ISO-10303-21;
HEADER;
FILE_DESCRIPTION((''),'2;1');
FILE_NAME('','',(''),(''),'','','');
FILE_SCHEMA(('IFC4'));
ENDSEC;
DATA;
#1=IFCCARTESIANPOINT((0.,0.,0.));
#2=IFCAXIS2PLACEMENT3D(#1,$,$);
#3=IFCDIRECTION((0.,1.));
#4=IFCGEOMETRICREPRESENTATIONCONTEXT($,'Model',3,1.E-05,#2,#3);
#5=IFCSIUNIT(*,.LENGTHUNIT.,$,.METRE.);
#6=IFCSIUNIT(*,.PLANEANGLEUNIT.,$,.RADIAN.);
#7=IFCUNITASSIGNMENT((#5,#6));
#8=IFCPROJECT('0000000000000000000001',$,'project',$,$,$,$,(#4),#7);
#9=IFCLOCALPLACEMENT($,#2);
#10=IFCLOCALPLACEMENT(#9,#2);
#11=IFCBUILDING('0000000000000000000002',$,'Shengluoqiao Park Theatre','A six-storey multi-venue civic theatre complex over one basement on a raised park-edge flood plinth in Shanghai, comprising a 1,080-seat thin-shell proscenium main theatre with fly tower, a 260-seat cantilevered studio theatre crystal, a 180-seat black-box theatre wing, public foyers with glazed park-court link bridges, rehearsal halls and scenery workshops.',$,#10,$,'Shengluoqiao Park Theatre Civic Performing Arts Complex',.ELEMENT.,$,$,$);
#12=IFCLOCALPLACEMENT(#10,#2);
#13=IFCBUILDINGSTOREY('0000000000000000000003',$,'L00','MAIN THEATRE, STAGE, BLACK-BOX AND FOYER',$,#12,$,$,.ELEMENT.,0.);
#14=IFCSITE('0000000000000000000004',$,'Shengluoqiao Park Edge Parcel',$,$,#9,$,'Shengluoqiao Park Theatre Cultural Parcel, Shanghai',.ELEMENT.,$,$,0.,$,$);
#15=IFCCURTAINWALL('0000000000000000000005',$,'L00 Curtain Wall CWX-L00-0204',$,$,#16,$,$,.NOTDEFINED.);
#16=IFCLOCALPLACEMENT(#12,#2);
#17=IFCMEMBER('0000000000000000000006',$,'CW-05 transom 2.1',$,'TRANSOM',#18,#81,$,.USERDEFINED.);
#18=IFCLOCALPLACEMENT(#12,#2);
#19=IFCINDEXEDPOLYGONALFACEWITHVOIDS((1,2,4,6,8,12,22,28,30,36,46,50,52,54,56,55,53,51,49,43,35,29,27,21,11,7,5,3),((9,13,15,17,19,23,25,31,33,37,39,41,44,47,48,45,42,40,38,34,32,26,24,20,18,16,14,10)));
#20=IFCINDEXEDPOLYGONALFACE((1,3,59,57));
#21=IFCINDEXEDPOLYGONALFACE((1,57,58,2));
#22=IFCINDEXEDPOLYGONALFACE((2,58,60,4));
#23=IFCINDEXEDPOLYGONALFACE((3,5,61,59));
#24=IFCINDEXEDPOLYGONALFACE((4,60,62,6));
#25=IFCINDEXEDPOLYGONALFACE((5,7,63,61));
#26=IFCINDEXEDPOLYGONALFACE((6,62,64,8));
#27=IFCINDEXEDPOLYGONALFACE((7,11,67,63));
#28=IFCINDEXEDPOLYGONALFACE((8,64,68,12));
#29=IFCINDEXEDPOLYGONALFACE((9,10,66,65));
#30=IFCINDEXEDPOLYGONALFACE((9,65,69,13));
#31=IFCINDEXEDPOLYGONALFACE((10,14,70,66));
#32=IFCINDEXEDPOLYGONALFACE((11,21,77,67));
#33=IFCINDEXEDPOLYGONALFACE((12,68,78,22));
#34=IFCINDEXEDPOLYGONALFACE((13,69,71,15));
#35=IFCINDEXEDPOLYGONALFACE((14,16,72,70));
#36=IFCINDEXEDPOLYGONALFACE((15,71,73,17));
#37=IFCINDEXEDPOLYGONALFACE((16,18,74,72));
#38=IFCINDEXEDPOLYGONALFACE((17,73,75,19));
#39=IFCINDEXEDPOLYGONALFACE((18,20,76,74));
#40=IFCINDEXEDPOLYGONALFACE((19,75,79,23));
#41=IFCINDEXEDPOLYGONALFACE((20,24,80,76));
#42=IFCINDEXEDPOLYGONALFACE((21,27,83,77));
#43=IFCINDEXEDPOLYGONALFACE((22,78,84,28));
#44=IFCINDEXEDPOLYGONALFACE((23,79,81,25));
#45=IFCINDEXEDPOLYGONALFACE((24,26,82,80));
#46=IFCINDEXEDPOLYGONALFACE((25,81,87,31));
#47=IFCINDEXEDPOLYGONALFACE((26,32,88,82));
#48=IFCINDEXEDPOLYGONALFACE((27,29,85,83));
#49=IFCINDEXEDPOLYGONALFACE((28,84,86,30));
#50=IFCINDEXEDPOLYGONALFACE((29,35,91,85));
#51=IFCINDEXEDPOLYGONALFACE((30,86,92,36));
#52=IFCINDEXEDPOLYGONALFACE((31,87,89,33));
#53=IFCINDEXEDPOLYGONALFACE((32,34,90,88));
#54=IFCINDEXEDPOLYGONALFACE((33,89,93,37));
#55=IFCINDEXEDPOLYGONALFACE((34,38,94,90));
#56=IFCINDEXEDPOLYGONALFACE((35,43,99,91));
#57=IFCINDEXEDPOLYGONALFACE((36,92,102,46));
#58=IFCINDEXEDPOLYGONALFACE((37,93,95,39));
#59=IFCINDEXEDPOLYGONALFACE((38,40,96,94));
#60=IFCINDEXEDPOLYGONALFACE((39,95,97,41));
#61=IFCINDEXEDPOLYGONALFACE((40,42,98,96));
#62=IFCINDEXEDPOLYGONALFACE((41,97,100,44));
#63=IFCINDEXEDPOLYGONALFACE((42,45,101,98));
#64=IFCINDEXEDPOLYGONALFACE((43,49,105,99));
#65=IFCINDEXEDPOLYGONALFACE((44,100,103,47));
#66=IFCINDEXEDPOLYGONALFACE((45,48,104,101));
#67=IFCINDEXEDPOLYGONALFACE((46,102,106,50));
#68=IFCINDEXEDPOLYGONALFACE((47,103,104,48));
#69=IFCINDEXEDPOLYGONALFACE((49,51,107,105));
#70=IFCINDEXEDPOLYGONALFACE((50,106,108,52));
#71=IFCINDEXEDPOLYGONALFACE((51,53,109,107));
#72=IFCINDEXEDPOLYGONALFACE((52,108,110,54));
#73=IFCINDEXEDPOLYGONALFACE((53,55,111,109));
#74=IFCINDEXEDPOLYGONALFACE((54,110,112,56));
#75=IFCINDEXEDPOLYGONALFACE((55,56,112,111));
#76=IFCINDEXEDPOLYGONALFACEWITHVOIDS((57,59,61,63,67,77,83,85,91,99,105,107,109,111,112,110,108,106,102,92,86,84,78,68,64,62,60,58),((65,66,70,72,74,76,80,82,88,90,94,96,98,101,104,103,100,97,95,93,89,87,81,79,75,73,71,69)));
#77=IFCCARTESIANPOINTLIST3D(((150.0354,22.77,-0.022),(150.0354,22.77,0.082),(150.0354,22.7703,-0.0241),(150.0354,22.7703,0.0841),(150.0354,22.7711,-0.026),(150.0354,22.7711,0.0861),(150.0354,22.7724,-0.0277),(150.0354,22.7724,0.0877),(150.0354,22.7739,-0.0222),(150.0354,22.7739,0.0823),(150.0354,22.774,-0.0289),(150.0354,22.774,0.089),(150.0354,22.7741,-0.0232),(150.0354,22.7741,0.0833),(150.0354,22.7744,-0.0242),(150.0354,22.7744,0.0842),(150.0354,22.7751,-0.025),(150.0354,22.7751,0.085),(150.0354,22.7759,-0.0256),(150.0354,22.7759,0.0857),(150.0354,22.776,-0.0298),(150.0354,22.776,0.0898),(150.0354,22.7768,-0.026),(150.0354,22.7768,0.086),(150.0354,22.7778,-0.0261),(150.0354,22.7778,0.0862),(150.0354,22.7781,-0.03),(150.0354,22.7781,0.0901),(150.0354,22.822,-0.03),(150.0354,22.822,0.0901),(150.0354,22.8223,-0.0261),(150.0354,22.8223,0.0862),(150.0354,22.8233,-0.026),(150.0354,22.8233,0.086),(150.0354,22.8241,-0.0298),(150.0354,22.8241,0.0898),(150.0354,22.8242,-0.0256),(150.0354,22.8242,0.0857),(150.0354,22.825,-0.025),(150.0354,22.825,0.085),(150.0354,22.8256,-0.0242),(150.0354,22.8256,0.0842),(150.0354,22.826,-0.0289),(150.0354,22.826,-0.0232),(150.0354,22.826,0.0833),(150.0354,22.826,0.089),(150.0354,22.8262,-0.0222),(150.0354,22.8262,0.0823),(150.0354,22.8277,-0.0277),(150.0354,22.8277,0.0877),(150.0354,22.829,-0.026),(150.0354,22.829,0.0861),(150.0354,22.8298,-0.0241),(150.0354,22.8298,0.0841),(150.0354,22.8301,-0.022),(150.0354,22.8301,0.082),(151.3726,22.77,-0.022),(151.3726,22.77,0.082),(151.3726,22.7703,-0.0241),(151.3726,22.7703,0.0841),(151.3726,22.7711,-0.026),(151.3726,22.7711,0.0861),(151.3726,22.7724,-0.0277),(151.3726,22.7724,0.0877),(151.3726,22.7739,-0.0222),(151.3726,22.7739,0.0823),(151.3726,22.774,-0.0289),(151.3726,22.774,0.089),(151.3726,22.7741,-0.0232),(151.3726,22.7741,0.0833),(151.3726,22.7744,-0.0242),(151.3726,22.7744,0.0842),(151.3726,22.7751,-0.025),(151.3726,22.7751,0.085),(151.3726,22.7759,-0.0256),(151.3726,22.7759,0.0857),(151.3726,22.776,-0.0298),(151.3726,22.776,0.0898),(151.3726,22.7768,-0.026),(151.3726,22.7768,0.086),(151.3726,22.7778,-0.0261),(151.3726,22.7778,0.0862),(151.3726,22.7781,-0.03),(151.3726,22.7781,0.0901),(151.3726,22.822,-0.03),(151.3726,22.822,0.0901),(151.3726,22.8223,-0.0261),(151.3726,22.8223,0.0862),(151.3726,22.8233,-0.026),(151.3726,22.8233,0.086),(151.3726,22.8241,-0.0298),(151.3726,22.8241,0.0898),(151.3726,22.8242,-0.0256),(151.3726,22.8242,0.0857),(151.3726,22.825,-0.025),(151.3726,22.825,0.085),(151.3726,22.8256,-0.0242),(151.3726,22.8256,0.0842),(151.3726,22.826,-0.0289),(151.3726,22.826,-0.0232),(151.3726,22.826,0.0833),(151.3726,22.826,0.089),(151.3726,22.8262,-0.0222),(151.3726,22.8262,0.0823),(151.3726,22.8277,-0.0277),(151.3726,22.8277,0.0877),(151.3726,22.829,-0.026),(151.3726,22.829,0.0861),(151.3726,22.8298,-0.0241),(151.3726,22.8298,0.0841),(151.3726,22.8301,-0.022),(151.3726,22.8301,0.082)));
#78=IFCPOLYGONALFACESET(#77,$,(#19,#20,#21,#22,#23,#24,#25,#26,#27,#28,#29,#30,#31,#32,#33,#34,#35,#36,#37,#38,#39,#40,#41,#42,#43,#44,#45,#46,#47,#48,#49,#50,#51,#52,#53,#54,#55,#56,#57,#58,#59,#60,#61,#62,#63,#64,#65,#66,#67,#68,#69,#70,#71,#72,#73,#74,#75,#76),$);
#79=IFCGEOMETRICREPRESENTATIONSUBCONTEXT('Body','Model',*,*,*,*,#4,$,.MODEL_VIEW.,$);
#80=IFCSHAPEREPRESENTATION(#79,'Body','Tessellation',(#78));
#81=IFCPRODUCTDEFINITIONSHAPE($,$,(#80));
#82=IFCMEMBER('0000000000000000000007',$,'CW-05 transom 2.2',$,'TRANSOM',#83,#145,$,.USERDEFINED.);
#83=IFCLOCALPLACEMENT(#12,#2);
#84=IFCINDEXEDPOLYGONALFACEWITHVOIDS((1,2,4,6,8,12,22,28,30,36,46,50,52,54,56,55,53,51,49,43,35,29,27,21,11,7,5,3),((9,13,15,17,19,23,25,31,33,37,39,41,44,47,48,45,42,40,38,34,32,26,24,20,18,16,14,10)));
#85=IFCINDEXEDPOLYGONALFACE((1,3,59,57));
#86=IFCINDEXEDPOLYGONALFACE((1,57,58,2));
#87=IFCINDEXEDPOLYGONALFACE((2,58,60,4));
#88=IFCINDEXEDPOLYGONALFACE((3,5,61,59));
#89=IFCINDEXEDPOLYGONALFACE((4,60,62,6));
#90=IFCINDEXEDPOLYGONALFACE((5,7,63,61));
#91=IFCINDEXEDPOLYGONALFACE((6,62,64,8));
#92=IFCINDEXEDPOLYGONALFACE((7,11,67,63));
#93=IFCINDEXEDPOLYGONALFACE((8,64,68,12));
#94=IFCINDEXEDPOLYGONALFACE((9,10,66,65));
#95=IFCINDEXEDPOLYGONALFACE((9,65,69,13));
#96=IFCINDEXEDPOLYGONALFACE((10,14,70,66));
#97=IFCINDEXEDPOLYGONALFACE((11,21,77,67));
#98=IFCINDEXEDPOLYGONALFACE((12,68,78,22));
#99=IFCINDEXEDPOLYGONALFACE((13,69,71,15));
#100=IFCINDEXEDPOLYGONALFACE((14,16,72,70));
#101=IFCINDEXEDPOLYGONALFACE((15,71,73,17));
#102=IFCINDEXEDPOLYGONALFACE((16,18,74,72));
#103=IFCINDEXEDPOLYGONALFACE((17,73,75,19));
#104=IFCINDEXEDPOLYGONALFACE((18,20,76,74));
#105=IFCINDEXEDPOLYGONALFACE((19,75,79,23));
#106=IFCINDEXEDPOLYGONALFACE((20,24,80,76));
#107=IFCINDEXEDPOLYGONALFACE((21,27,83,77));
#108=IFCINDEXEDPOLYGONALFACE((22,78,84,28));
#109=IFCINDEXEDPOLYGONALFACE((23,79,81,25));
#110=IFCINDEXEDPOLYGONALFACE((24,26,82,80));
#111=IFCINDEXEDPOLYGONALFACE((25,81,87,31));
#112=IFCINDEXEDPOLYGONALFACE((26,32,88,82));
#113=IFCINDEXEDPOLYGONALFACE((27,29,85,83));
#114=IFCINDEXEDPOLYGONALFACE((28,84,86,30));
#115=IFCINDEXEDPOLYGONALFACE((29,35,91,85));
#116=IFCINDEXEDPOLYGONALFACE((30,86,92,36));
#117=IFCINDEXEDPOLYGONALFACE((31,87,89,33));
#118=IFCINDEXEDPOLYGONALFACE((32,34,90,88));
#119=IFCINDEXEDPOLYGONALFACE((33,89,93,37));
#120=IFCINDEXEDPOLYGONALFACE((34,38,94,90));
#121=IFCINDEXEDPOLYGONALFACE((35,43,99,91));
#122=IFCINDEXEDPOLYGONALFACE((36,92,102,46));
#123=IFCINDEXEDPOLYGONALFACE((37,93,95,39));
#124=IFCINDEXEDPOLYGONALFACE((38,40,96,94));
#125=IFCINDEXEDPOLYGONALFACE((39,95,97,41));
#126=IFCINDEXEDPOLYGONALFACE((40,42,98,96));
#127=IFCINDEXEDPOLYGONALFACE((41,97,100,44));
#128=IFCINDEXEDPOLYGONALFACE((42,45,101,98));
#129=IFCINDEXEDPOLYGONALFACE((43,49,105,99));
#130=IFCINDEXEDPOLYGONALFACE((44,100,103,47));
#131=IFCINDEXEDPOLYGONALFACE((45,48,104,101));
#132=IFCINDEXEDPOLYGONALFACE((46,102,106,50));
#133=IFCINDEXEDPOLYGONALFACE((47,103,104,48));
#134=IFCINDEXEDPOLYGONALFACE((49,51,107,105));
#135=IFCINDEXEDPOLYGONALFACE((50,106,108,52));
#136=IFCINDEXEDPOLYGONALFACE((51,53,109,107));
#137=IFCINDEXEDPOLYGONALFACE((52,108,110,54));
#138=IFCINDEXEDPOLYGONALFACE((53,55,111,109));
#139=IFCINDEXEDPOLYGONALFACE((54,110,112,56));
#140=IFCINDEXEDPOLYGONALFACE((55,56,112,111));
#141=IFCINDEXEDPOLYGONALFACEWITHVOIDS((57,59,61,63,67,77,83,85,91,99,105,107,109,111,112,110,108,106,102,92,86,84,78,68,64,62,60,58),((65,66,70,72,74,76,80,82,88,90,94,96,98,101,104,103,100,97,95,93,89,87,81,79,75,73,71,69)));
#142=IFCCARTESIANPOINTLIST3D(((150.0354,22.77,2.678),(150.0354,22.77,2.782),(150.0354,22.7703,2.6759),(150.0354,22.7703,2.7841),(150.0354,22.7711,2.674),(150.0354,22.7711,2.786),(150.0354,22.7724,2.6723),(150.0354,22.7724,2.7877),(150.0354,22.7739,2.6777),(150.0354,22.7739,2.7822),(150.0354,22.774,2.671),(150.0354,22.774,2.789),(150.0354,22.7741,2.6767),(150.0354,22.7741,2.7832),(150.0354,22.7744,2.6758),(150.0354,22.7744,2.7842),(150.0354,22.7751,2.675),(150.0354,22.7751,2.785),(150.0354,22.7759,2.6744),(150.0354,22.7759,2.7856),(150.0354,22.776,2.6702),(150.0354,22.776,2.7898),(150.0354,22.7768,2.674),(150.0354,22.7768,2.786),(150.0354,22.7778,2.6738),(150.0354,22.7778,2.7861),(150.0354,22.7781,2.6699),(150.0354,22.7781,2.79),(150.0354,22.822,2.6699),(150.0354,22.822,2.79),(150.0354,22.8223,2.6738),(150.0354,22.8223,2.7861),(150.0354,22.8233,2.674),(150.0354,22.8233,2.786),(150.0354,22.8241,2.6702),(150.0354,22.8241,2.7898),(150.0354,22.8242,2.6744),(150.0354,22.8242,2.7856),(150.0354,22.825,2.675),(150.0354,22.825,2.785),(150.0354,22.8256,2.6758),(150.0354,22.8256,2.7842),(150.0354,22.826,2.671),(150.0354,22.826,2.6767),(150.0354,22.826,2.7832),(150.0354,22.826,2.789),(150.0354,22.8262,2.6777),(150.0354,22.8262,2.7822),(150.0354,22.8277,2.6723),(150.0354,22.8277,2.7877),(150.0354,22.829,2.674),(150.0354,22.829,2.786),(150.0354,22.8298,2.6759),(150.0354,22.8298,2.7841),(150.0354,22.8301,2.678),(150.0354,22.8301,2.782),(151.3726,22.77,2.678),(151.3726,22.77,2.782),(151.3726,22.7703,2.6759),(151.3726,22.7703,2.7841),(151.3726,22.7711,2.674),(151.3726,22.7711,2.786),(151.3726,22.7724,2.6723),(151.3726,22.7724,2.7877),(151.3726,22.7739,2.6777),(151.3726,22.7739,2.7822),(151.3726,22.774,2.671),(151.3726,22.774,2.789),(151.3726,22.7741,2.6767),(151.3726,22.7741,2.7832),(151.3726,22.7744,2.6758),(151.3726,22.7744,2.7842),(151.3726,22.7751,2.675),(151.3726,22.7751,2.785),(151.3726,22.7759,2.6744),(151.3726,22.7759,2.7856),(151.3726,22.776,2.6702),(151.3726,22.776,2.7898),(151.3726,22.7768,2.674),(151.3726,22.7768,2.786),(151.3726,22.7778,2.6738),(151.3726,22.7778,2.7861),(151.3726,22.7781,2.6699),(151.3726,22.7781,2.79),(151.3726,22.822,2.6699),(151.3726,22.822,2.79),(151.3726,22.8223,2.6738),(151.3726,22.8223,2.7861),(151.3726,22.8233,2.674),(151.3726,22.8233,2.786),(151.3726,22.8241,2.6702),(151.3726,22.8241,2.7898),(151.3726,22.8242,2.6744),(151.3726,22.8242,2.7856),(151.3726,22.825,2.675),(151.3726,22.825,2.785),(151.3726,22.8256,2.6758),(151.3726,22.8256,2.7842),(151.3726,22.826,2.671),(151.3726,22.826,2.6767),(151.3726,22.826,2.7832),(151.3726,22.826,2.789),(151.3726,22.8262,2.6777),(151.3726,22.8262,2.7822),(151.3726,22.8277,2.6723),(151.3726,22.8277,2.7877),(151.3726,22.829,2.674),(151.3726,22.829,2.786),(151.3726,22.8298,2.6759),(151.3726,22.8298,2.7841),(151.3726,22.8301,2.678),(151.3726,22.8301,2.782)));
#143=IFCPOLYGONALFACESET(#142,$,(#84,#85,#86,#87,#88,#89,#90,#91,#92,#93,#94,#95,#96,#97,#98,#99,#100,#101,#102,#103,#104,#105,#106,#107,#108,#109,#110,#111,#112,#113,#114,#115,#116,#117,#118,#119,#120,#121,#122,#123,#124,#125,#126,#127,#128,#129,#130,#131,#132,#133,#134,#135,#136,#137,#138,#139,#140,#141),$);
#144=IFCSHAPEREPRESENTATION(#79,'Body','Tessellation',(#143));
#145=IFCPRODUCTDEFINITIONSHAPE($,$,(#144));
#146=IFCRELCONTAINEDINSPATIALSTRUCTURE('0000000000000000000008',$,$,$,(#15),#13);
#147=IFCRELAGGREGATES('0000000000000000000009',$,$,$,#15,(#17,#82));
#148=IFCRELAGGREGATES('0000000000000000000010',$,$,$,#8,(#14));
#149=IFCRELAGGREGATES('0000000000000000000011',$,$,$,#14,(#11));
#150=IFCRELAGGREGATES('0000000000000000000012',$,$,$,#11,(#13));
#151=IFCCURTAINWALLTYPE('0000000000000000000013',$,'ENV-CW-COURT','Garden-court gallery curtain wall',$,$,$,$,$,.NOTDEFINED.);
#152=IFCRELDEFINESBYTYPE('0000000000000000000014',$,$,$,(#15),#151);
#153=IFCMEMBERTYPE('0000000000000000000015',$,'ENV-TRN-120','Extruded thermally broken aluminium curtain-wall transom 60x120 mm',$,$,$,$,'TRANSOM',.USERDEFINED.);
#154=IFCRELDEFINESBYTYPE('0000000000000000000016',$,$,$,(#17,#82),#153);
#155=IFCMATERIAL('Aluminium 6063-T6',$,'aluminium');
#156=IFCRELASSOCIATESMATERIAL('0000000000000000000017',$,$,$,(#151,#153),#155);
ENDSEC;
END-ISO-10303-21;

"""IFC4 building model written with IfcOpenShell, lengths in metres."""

from ifc_helpers import new_model, si_unit, direction, frame, origin, origin_2d, place, context, subcontext, project, spatial, hollow_rectangle, extrude, material, material_profile, profile_set, type_object, element, aggregate, save


model = new_model("IFC4")

# Units and contexts
model_context = context("Model", 3, precision=1e-05, world=origin(), true_north=direction((0.0, 1.0)))
body_context = subcontext(model_context, "Body", "Model", "MODEL_VIEW")
ifc_project = project(units=[si_unit("LENGTHUNIT", "METRE"), si_unit("PLANEANGLEUNIT", "RADIAN")], contexts=[model_context])

# Site, building, storey
site_placement = place(None, origin())
site = spatial("IfcSite", under=ifc_project, at=site_placement, Name="Shengluoqiao Park Edge Parcel", LongName="Shengluoqiao Park Theatre Cultural Parcel, Shanghai", CompositionType="ELEMENT", RefElevation=0.0)
building_placement = place(site_placement, origin())
building = spatial("IfcBuilding", under=site, at=building_placement, Name="Shengluoqiao Park Theatre", Description="A six-storey multi-venue civic theatre complex over one basement on a raised park-edge flood plinth in Shanghai, comprising a 1,080-seat thin-shell proscenium main theatre with fly tower, a 260-seat cantilevered studio theatre crystal, a 180-seat black-box theatre wing, public foyers with glazed park-court link bridges, rehearsal halls and scenery workshops.", LongName="Shengluoqiao Park Theatre Civic Performing Arts Complex", CompositionType="ELEMENT")
storey_placement = place(building_placement, origin())
storey = spatial("IfcBuildingStorey", under=building, at=storey_placement, Name="L00", Description="MAIN THEATRE, STAGE, BLACK-BOX AND FOYER", CompositionType="ELEMENT", Elevation=0.0)

# Curtain wall, members
ifc_material_1 = material(Name="Aluminium 6063-T6", Category="aluminium")
curtain_wall_type = type_object("IfcCurtainWallType", Name="ENV-CW-COURT", Description="Garden-court gallery curtain wall", PredefinedType="NOTDEFINED", material=ifc_material_1)
curtain_wall_placement = place(storey_placement, origin())
curtain_wall = element("IfcCurtainWall", 1, at=curtain_wall_placement, inside=storey, type_object=curtain_wall_type, Name="L00 Curtain Wall CWX-L00-0204", PredefinedType="NOTDEFINED")
ifc_material_profile_1 = material_profile(ifc_material_1, hollow_rectangle(XDim=0.0601, YDim=0.1201, WallThickness=0.0039, InnerFilletRadius=0.0039, OuterFilletRadius=0.0081, at=origin_2d()), Name="ALU TRANSOM 120x60x4")
ifc_profile_set_1 = profile_set([ifc_material_profile_1], Name="Aluminium 6063-T6")
member_type_1 = type_object("IfcMemberType", Name="ENV-TRN-120", Description="Extruded thermally broken aluminium curtain-wall transom 60x120 mm", ElementType="TRANSOM", PredefinedType="USERDEFINED", material=ifc_profile_set_1)
member_1_placement = place(storey_placement, frame((150.0354, 22.8, 0.03), z_axis=(1.0, 0.0, 0.0), x_axis=(0.0, 1.0, 0.0)))
member_1 = element("IfcMember", 2, at=member_1_placement, type_object=member_type_1, Name="CW-05 transom 2.1", ObjectType="TRANSOM", PredefinedType="USERDEFINED", context=body_context, shape_type="SweptSolid", body=[
    extrude(hollow_rectangle(XDim=0.0601, YDim=0.1201, WallThickness=0.0039, InnerFilletRadius=0.0039, OuterFilletRadius=0.0081, at=origin_2d()), origin(), (0.0, 0.0, 1.0), 1.3372),
])
member_2_placement = place(storey_placement, frame((150.0354, 22.8, 2.73), z_axis=(1.0, 0.0, 0.0), x_axis=(0.0, 1.0, 0.0)))
member_2 = element("IfcMember", 3, at=member_2_placement, type_object=member_type_1, Name="CW-05 transom 2.2", ObjectType="TRANSOM", PredefinedType="USERDEFINED", context=body_context, shape_type="SweptSolid", body=[
    extrude(hollow_rectangle(XDim=0.0601, YDim=0.1201, WallThickness=0.0039, InnerFilletRadius=0.0039, OuterFilletRadius=0.0081, at=origin_2d()), origin(), (0.0, 0.0, 1.0), 1.3372),
])
aggregate(curtain_wall, [member_1, member_2])

save(model, "model.ifc")
